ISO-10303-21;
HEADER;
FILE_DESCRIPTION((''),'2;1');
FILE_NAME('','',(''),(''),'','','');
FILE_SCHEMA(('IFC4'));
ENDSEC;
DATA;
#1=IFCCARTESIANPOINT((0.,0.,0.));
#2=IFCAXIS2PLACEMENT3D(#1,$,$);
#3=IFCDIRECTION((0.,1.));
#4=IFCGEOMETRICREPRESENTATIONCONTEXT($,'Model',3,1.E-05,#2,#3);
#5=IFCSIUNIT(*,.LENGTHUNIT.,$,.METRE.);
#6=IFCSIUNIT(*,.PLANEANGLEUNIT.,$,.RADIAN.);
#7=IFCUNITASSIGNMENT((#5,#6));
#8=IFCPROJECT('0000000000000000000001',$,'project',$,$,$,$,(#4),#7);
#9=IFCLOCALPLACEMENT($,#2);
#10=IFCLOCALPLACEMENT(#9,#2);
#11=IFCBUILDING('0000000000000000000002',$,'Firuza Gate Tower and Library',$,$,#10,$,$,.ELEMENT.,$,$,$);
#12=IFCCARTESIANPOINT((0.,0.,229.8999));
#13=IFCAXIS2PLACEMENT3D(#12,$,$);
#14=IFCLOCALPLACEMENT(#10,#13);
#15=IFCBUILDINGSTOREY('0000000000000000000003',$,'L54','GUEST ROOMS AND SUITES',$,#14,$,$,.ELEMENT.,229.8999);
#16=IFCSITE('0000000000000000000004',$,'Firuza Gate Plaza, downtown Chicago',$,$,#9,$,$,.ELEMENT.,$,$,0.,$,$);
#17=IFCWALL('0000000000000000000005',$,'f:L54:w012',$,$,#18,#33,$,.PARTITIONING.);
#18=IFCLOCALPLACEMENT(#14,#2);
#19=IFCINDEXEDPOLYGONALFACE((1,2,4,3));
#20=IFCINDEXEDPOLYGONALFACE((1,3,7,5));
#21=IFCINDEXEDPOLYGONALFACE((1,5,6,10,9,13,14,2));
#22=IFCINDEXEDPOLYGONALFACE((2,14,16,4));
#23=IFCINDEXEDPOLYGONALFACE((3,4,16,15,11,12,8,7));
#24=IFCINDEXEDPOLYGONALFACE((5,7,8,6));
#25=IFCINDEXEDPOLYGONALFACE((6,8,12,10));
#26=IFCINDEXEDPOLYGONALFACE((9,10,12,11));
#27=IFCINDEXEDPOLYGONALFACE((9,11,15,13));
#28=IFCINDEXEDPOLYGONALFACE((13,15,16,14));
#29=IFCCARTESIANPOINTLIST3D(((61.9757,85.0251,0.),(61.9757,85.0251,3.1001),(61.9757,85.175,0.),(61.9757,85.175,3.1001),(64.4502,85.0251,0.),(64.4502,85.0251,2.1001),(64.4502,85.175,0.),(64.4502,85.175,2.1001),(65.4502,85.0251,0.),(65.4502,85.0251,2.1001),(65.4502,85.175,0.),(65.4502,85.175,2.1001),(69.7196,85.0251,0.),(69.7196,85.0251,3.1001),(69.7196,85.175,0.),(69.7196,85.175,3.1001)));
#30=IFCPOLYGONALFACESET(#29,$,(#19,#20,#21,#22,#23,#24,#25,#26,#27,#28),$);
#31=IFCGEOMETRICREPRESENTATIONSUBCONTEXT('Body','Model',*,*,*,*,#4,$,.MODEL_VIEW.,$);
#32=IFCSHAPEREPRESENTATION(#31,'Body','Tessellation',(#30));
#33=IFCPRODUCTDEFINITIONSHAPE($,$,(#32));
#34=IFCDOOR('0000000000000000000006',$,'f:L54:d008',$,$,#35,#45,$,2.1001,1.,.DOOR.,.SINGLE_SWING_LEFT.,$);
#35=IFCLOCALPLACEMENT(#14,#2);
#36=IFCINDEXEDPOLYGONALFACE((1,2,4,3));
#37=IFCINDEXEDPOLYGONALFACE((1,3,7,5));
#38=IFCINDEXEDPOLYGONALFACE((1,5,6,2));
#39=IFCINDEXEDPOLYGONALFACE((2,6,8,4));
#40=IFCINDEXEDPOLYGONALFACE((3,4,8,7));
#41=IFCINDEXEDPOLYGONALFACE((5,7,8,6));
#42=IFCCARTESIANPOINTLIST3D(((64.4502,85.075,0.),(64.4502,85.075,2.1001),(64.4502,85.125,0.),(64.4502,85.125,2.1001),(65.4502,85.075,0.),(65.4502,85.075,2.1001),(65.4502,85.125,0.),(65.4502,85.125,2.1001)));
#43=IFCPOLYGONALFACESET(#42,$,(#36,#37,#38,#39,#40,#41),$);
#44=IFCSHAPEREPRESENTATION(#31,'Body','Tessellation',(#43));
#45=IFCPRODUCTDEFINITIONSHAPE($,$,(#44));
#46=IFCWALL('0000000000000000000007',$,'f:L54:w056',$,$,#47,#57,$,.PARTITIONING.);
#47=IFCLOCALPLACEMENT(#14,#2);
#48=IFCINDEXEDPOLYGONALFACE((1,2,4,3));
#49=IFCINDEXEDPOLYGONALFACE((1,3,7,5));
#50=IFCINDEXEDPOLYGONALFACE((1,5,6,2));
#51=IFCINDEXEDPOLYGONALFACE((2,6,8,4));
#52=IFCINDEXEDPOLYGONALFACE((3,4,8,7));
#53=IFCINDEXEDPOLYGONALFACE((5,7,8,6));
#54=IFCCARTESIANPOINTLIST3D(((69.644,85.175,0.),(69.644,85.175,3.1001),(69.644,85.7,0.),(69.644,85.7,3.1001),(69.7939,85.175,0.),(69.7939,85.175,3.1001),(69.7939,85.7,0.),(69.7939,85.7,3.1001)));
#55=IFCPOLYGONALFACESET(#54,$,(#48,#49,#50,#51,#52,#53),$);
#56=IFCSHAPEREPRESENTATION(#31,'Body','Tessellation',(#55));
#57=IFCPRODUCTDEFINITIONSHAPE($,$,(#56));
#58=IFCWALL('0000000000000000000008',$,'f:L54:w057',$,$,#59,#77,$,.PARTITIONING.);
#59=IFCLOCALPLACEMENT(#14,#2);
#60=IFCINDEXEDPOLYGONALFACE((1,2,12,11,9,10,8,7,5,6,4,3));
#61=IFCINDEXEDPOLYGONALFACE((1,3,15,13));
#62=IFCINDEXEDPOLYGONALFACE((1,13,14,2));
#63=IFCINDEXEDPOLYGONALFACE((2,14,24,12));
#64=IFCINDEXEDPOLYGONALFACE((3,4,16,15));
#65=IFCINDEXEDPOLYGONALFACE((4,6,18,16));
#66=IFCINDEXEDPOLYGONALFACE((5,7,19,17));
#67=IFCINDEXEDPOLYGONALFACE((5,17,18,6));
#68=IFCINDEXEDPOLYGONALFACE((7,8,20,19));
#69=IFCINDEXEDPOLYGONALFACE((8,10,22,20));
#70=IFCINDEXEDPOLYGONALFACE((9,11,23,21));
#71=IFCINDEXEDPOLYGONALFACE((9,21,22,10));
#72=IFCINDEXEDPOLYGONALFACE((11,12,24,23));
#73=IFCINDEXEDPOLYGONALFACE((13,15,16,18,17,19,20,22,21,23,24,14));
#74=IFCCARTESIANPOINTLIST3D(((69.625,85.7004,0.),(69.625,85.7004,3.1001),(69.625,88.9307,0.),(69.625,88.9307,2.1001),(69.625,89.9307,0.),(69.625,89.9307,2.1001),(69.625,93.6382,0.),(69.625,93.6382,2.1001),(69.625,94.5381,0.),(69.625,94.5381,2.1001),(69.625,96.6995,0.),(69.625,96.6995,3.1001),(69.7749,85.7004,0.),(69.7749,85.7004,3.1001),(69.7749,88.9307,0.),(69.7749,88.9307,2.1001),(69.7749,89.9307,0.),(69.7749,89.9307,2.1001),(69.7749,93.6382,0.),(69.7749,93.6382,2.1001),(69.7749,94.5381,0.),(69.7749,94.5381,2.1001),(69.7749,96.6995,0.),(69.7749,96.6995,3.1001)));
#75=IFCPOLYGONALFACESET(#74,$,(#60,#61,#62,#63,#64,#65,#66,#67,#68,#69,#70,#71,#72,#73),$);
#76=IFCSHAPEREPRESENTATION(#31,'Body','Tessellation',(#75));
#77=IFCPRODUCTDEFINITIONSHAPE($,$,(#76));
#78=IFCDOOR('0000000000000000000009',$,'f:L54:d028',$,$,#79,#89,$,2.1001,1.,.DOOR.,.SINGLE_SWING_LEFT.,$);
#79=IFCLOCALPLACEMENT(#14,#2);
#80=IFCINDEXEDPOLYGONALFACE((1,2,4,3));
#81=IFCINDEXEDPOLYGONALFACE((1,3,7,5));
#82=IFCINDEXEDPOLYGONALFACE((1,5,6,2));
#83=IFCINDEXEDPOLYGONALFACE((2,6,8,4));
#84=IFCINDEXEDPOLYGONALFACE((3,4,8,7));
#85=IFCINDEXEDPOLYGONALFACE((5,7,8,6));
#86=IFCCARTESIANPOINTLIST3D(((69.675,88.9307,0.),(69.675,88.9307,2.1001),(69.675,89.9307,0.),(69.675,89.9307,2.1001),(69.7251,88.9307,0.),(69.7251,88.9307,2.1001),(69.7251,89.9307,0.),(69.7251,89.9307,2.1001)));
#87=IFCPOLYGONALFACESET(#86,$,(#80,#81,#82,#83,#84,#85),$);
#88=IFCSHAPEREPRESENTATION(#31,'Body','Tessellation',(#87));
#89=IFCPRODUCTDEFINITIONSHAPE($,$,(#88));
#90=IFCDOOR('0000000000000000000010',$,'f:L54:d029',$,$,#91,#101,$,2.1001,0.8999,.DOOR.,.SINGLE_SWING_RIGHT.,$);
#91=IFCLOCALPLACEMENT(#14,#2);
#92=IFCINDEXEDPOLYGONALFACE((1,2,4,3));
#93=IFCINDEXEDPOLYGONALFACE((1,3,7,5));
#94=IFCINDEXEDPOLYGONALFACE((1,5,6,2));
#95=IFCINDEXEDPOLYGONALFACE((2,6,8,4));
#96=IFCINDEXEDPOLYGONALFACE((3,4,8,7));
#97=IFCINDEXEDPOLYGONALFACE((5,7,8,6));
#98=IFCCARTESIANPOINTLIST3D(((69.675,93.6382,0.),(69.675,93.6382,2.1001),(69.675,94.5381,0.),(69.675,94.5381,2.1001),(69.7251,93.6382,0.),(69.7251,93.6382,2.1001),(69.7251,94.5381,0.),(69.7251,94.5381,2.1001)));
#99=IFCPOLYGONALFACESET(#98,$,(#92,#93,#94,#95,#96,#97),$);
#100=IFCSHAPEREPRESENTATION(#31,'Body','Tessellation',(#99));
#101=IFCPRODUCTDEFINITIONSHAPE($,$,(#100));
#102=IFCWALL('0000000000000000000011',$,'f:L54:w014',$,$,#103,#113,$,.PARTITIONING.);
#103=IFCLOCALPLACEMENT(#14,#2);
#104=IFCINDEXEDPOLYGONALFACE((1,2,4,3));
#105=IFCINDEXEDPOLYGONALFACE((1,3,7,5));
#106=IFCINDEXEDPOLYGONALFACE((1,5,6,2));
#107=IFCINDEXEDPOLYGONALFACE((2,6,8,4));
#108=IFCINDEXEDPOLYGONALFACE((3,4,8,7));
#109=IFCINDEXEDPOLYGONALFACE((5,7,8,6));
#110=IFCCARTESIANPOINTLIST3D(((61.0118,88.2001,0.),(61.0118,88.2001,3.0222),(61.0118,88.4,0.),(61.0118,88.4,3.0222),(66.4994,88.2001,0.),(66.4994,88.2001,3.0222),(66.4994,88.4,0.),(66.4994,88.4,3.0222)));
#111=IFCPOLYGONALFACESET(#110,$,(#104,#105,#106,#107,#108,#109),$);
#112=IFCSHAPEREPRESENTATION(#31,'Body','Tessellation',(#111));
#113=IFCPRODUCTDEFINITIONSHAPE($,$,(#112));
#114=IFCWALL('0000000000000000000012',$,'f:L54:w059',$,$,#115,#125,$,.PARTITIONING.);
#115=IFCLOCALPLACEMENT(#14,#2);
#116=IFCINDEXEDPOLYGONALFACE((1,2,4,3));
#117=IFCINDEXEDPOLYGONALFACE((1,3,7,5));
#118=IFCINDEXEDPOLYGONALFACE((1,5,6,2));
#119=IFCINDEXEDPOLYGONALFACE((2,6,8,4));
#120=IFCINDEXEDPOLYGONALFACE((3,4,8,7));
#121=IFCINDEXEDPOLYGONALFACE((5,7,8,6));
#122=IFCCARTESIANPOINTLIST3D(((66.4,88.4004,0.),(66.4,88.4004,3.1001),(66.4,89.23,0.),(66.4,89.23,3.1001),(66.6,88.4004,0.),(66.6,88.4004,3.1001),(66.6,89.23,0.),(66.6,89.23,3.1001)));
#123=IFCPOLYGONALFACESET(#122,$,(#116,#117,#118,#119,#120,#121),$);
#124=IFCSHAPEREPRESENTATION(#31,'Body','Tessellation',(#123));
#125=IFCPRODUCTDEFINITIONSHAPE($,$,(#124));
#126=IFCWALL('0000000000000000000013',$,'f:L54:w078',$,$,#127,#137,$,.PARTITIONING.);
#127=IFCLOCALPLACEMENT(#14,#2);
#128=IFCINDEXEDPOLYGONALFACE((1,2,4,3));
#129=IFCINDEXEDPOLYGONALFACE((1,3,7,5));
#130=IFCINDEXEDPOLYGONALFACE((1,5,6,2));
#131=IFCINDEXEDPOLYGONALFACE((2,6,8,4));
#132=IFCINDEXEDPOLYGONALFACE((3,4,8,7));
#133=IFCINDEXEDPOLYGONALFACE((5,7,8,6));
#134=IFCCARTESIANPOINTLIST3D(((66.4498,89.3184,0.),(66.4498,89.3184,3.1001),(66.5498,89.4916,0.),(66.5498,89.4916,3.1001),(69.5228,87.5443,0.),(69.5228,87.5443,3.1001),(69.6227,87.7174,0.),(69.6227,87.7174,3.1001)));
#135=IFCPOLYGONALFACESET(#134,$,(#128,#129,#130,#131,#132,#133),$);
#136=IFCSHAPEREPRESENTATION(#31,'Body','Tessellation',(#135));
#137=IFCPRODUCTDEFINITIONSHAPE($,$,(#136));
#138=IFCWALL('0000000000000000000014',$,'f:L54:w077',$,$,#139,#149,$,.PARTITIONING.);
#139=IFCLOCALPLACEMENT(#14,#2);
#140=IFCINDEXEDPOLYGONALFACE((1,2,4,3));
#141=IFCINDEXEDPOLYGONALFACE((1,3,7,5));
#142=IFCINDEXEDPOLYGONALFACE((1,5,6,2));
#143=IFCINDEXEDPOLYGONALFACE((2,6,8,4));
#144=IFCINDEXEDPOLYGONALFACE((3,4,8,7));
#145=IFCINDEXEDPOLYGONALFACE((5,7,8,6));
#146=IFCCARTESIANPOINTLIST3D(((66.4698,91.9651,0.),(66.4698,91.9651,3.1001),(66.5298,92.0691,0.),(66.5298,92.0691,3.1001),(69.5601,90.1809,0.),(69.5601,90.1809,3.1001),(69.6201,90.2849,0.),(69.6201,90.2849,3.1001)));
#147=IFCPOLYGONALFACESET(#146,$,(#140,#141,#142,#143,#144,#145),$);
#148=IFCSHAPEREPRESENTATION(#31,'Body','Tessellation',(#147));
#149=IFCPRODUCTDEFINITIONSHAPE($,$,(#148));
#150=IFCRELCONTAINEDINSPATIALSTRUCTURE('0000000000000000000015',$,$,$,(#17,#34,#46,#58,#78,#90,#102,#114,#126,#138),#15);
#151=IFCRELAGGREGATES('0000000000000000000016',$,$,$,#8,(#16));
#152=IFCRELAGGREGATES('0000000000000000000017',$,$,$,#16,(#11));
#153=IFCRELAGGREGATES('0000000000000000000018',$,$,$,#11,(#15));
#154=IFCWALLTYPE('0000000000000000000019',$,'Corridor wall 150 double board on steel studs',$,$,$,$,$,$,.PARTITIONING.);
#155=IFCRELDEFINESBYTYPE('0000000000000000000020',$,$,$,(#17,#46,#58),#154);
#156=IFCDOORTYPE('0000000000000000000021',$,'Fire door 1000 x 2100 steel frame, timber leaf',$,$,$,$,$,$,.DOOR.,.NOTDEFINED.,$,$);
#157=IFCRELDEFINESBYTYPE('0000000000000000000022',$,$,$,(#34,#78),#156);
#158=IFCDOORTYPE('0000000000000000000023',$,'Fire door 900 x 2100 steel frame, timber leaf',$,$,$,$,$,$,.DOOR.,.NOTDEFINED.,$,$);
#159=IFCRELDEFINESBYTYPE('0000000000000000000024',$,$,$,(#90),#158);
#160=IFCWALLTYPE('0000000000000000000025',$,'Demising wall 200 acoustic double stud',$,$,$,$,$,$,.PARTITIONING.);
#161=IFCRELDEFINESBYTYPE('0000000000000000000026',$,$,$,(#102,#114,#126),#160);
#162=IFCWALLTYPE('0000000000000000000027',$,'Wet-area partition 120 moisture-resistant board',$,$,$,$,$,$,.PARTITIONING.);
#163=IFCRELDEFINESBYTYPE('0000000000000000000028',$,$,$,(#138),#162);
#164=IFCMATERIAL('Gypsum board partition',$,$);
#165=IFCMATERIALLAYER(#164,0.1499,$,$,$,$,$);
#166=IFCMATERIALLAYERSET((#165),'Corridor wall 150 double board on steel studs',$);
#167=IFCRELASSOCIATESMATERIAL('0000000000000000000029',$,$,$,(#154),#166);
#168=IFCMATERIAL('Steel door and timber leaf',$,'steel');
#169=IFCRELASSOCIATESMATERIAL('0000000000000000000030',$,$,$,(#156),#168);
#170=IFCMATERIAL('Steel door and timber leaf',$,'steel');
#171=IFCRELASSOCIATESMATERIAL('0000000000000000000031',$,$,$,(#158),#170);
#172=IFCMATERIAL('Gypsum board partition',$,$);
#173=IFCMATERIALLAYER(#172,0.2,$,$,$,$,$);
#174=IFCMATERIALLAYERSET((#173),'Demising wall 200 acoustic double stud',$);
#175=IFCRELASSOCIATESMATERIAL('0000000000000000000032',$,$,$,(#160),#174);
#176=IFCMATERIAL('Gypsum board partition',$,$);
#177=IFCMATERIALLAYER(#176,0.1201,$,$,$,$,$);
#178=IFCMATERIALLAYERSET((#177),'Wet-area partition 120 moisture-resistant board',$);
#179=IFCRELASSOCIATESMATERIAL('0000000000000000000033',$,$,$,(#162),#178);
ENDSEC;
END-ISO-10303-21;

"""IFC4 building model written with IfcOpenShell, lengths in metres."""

from ifc_helpers import new_model, si_unit, direction, frame, frame_2d, origin, place, context, subcontext, project, spatial, rectangle, extrude, material, layer, layer_set, type_object, element, fill, save


model = new_model("IFC4")

# Units and contexts
model_context = context("Model", 3, precision=1e-05, world=origin(), true_north=direction((0.0, 1.0)))
body_context = subcontext(model_context, "Body", "Model", "MODEL_VIEW")
ifc_project = project(units=[si_unit("LENGTHUNIT", "METRE"), si_unit("PLANEANGLEUNIT", "RADIAN")], contexts=[model_context])

# Site, building, storey
site_placement = place(None, origin())
site = spatial("IfcSite", under=ifc_project, at=site_placement, Name="Firuza Gate Plaza, downtown Chicago", CompositionType="ELEMENT", RefElevation=0.0)
building_placement = place(site_placement, origin())
building = spatial("IfcBuilding", under=site, at=building_placement, Name="Firuza Gate Tower and Library", CompositionType="ELEMENT")
storey_placement = place(building_placement, frame((0.0, 0.0, 229.8999)))
storey = spatial("IfcBuildingStorey", under=building, at=storey_placement, Name="L54", Description="GUEST ROOMS AND SUITES", CompositionType="ELEMENT", Elevation=229.8999)

# Wall, opening, door
ifc_material_1 = material(Name="Gypsum board partition")
ifc_layer_1 = layer(ifc_material_1, 0.1499)
ifc_layer_set_1 = layer_set([ifc_layer_1], Name="Corridor wall 150 double board on steel studs")
wall_type_1 = type_object("IfcWallType", Name="Corridor wall 150 double board on steel studs", PredefinedType="PARTITIONING", material=ifc_layer_set_1)
wall_1_placement = place(storey_placement, frame((61.9756, 85.1001, 0.0), z_axis=(0.0, 0.0, 1.0), x_axis=(1.0, 0.0, 0.0)))
wall_1 = element("IfcWall", 1, at=wall_1_placement, inside=storey, type_object=wall_type_1, Name="f:L54:w012", PredefinedType="PARTITIONING", context=body_context, shape_type="SweptSolid", body=[
    extrude(rectangle(XDim=7.7439, YDim=0.1499, at=frame_2d((3.8721, 0.0))), origin(), (0.0, 0.0, 1.0), 3.1001),
])
opening_1_placement = place(wall_1_placement, frame((2.4746, 0.0, 0.0)))
opening_1 = element("IfcOpeningElement", 2, at=opening_1_placement, cuts=wall_1, PredefinedType="OPENING", context=body_context, shape_type="SweptSolid", body=[
    extrude(rectangle(XDim=1.0, YDim=2.1001, at=frame_2d((0.5, 1.05))), frame((0.0, 0.085, 0.0), z_axis=(0.0, -1.0, 0.0), x_axis=(1.0, 0.0, 0.0)), (0.0, 0.0, 1.0), 0.1699),
])
ifc_material_2 = material(Name="Steel door and timber leaf", Category="steel")
door_type_1 = type_object("IfcDoorType", Name="Fire door 1000 x 2100 steel frame, timber leaf", OperationType="NOTDEFINED", PredefinedType="DOOR", material=ifc_material_2)
door_1_placement = place(opening_1_placement, origin())
door_1 = element("IfcDoor", 3, at=door_1_placement, inside=storey, type_object=door_type_1, Name="f:L54:d008", OperationType="SINGLE_SWING_LEFT", OverallHeight=2.1001, OverallWidth=1.0, PredefinedType="DOOR", context=body_context, shape_type="SweptSolid", body=[
    extrude(rectangle(XDim=1.0, YDim=2.1001, at=frame_2d((0.5, 1.05))), frame((0.0, 0.0249, 0.0), z_axis=(0.0, -1.0, 0.0), x_axis=(1.0, 0.0, 0.0)), (0.0, 0.0, 1.0), 0.05),
])
fill(opening_1, door_1)

# Wall
wall_2_placement = place(storey_placement, frame((69.719, 85.175, 0.0), z_axis=(0.0, 0.0, 1.0), x_axis=(0.0, 1.0, 0.0)))
element("IfcWall", 4, at=wall_2_placement, inside=storey, type_object=wall_type_1, Name="f:L54:w056", PredefinedType="PARTITIONING", context=body_context, shape_type="SweptSolid", body=[
    extrude(rectangle(XDim=0.5249, YDim=0.1499, at=frame_2d((0.2625, 0.0))), origin(), (0.0, 0.0, 1.0), 3.1001),
])

# Wall, openings, doors
wall_3_placement = place(storey_placement, frame((69.7, 85.7004, 0.0), z_axis=(0.0, 0.0, 1.0), x_axis=(0.0, 1.0, 0.0)))
wall_3 = element("IfcWall", 5, at=wall_3_placement, inside=storey, type_object=wall_type_1, Name="f:L54:w057", PredefinedType="PARTITIONING", context=body_context, shape_type="SweptSolid", body=[
    extrude(rectangle(XDim=10.999, YDim=0.1499, at=frame_2d((5.4995, 0.0))), origin(), (0.0, 0.0, 1.0), 3.1001),
])
opening_2_placement = place(wall_3_placement, frame((3.2302, 0.0, 0.0)))
opening_2 = element("IfcOpeningElement", 6, at=opening_2_placement, cuts=wall_3, PredefinedType="OPENING", context=body_context, shape_type="SweptSolid", body=[
    extrude(rectangle(XDim=1.0, YDim=2.1001, at=frame_2d((0.5, 1.05))), frame((0.0, 0.085, 0.0), z_axis=(0.0, -1.0, 0.0), x_axis=(1.0, 0.0, 0.0)), (0.0, 0.0, 1.0), 0.1699),
])
opening_3_placement = place(wall_3_placement, frame((7.9377, 0.0, 0.0)))
opening_3 = element("IfcOpeningElement", 7, at=opening_3_placement, cuts=wall_3, PredefinedType="OPENING", context=body_context, shape_type="SweptSolid", body=[
    extrude(rectangle(XDim=0.8999, YDim=2.1001, at=frame_2d((0.45, 1.05))), frame((0.0, 0.085, 0.0), z_axis=(0.0, -1.0, 0.0), x_axis=(1.0, 0.0, 0.0)), (0.0, 0.0, 1.0), 0.1699),
])
door_2_placement = place(opening_2_placement, origin())
door_2 = element("IfcDoor", 8, at=door_2_placement, inside=storey, type_object=door_type_1, Name="f:L54:d028", OperationType="SINGLE_SWING_LEFT", OverallHeight=2.1001, OverallWidth=1.0, PredefinedType="DOOR", context=body_context, shape_type="SweptSolid", body=[
    extrude(rectangle(XDim=1.0, YDim=2.1001, at=frame_2d((0.5, 1.05))), frame((0.0, 0.0249, 0.0), z_axis=(0.0, -1.0, 0.0), x_axis=(1.0, 0.0, 0.0)), (0.0, 0.0, 1.0), 0.05),
])
fill(opening_2, door_2)
ifc_material_3 = material(Name="Steel door and timber leaf", Category="steel")
door_type_2 = type_object("IfcDoorType", Name="Fire door 900 x 2100 steel frame, timber leaf", OperationType="NOTDEFINED", PredefinedType="DOOR", material=ifc_material_3)
door_3_placement = place(opening_3_placement, origin())
door_3 = element("IfcDoor", 9, at=door_3_placement, inside=storey, type_object=door_type_2, Name="f:L54:d029", OperationType="SINGLE_SWING_RIGHT", OverallHeight=2.1001, OverallWidth=0.8999, PredefinedType="DOOR", context=body_context, shape_type="SweptSolid", body=[
    extrude(rectangle(XDim=0.8999, YDim=2.1001, at=frame_2d((0.45, 1.05))), frame((0.0, 0.0249, 0.0), z_axis=(0.0, -1.0, 0.0), x_axis=(1.0, 0.0, 0.0)), (0.0, 0.0, 1.0), 0.05),
])
fill(opening_3, door_3)

# Walls
ifc_material_4 = material(Name="Gypsum board partition")
ifc_layer_2 = layer(ifc_material_4, 0.2)
ifc_layer_set_2 = layer_set([ifc_layer_2], Name="Demising wall 200 acoustic double stud")
wall_type_2 = type_object("IfcWallType", Name="Demising wall 200 acoustic double stud", PredefinedType="PARTITIONING", material=ifc_layer_set_2)
wall_4_placement = place(storey_placement, frame((61.012, 88.3, 0.0), z_axis=(0.0, 0.0, 1.0), x_axis=(1.0, 0.0, 0.0)))
element("IfcWall", 10, at=wall_4_placement, inside=storey, type_object=wall_type_2, Name="f:L54:w014", PredefinedType="PARTITIONING", context=body_context, shape_type="SweptSolid", body=[
    extrude(rectangle(XDim=5.4875, YDim=0.2, at=frame_2d((2.7437, 0.0))), origin(), (0.0, 0.0, 1.0), 3.0222),
])
wall_5_placement = place(storey_placement, frame((66.5, 88.4004, 0.0), z_axis=(0.0, 0.0, 1.0), x_axis=(0.0, 1.0, 0.0)))
element("IfcWall", 11, at=wall_5_placement, inside=storey, type_object=wall_type_2, Name="f:L54:w059", PredefinedType="PARTITIONING", context=body_context, shape_type="SweptSolid", body=[
    extrude(rectangle(XDim=0.8296, YDim=0.2, at=frame_2d((0.4148, 0.0))), origin(), (0.0, 0.0, 1.0), 3.1001),
])
wall_6_placement = place(storey_placement, frame((69.5728, 87.6309, 0.0), z_axis=(0.0, 0.0, 1.0), x_axis=(-0.866029, 0.499994, 0.0)))
element("IfcWall", 12, at=wall_6_placement, inside=storey, type_object=wall_type_2, Name="f:L54:w078", PredefinedType="PARTITIONING", context=body_context, shape_type="SweptSolid", body=[
    extrude(rectangle(XDim=3.5483, YDim=0.2, at=frame_2d((1.7742, 0.0))), origin(), (0.0, 0.0, 1.0), 3.1001),
])
ifc_material_5 = material(Name="Gypsum board partition")
ifc_layer_3 = layer(ifc_material_5, 0.1201)
ifc_layer_set_3 = layer_set([ifc_layer_3], Name="Wet-area partition 120 moisture-resistant board")
wall_type_3 = type_object("IfcWallType", Name="Wet-area partition 120 moisture-resistant board", PredefinedType="PARTITIONING", material=ifc_layer_set_3)
wall_7_placement = place(storey_placement, frame((69.5901, 90.2329, 0.0), z_axis=(0.0, 0.0, 1.0), x_axis=(-0.866028, 0.499995, 0.0)))
element("IfcWall", 13, at=wall_7_placement, inside=storey, type_object=wall_type_3, Name="f:L54:w077", PredefinedType="PARTITIONING", context=body_context, shape_type="SweptSolid", body=[
    extrude(rectangle(XDim=3.5684, YDim=0.1201, at=frame_2d((1.7842, 0.0))), origin(), (0.0, 0.0, 1.0), 3.1001),
])

save(model, "model.ifc")
